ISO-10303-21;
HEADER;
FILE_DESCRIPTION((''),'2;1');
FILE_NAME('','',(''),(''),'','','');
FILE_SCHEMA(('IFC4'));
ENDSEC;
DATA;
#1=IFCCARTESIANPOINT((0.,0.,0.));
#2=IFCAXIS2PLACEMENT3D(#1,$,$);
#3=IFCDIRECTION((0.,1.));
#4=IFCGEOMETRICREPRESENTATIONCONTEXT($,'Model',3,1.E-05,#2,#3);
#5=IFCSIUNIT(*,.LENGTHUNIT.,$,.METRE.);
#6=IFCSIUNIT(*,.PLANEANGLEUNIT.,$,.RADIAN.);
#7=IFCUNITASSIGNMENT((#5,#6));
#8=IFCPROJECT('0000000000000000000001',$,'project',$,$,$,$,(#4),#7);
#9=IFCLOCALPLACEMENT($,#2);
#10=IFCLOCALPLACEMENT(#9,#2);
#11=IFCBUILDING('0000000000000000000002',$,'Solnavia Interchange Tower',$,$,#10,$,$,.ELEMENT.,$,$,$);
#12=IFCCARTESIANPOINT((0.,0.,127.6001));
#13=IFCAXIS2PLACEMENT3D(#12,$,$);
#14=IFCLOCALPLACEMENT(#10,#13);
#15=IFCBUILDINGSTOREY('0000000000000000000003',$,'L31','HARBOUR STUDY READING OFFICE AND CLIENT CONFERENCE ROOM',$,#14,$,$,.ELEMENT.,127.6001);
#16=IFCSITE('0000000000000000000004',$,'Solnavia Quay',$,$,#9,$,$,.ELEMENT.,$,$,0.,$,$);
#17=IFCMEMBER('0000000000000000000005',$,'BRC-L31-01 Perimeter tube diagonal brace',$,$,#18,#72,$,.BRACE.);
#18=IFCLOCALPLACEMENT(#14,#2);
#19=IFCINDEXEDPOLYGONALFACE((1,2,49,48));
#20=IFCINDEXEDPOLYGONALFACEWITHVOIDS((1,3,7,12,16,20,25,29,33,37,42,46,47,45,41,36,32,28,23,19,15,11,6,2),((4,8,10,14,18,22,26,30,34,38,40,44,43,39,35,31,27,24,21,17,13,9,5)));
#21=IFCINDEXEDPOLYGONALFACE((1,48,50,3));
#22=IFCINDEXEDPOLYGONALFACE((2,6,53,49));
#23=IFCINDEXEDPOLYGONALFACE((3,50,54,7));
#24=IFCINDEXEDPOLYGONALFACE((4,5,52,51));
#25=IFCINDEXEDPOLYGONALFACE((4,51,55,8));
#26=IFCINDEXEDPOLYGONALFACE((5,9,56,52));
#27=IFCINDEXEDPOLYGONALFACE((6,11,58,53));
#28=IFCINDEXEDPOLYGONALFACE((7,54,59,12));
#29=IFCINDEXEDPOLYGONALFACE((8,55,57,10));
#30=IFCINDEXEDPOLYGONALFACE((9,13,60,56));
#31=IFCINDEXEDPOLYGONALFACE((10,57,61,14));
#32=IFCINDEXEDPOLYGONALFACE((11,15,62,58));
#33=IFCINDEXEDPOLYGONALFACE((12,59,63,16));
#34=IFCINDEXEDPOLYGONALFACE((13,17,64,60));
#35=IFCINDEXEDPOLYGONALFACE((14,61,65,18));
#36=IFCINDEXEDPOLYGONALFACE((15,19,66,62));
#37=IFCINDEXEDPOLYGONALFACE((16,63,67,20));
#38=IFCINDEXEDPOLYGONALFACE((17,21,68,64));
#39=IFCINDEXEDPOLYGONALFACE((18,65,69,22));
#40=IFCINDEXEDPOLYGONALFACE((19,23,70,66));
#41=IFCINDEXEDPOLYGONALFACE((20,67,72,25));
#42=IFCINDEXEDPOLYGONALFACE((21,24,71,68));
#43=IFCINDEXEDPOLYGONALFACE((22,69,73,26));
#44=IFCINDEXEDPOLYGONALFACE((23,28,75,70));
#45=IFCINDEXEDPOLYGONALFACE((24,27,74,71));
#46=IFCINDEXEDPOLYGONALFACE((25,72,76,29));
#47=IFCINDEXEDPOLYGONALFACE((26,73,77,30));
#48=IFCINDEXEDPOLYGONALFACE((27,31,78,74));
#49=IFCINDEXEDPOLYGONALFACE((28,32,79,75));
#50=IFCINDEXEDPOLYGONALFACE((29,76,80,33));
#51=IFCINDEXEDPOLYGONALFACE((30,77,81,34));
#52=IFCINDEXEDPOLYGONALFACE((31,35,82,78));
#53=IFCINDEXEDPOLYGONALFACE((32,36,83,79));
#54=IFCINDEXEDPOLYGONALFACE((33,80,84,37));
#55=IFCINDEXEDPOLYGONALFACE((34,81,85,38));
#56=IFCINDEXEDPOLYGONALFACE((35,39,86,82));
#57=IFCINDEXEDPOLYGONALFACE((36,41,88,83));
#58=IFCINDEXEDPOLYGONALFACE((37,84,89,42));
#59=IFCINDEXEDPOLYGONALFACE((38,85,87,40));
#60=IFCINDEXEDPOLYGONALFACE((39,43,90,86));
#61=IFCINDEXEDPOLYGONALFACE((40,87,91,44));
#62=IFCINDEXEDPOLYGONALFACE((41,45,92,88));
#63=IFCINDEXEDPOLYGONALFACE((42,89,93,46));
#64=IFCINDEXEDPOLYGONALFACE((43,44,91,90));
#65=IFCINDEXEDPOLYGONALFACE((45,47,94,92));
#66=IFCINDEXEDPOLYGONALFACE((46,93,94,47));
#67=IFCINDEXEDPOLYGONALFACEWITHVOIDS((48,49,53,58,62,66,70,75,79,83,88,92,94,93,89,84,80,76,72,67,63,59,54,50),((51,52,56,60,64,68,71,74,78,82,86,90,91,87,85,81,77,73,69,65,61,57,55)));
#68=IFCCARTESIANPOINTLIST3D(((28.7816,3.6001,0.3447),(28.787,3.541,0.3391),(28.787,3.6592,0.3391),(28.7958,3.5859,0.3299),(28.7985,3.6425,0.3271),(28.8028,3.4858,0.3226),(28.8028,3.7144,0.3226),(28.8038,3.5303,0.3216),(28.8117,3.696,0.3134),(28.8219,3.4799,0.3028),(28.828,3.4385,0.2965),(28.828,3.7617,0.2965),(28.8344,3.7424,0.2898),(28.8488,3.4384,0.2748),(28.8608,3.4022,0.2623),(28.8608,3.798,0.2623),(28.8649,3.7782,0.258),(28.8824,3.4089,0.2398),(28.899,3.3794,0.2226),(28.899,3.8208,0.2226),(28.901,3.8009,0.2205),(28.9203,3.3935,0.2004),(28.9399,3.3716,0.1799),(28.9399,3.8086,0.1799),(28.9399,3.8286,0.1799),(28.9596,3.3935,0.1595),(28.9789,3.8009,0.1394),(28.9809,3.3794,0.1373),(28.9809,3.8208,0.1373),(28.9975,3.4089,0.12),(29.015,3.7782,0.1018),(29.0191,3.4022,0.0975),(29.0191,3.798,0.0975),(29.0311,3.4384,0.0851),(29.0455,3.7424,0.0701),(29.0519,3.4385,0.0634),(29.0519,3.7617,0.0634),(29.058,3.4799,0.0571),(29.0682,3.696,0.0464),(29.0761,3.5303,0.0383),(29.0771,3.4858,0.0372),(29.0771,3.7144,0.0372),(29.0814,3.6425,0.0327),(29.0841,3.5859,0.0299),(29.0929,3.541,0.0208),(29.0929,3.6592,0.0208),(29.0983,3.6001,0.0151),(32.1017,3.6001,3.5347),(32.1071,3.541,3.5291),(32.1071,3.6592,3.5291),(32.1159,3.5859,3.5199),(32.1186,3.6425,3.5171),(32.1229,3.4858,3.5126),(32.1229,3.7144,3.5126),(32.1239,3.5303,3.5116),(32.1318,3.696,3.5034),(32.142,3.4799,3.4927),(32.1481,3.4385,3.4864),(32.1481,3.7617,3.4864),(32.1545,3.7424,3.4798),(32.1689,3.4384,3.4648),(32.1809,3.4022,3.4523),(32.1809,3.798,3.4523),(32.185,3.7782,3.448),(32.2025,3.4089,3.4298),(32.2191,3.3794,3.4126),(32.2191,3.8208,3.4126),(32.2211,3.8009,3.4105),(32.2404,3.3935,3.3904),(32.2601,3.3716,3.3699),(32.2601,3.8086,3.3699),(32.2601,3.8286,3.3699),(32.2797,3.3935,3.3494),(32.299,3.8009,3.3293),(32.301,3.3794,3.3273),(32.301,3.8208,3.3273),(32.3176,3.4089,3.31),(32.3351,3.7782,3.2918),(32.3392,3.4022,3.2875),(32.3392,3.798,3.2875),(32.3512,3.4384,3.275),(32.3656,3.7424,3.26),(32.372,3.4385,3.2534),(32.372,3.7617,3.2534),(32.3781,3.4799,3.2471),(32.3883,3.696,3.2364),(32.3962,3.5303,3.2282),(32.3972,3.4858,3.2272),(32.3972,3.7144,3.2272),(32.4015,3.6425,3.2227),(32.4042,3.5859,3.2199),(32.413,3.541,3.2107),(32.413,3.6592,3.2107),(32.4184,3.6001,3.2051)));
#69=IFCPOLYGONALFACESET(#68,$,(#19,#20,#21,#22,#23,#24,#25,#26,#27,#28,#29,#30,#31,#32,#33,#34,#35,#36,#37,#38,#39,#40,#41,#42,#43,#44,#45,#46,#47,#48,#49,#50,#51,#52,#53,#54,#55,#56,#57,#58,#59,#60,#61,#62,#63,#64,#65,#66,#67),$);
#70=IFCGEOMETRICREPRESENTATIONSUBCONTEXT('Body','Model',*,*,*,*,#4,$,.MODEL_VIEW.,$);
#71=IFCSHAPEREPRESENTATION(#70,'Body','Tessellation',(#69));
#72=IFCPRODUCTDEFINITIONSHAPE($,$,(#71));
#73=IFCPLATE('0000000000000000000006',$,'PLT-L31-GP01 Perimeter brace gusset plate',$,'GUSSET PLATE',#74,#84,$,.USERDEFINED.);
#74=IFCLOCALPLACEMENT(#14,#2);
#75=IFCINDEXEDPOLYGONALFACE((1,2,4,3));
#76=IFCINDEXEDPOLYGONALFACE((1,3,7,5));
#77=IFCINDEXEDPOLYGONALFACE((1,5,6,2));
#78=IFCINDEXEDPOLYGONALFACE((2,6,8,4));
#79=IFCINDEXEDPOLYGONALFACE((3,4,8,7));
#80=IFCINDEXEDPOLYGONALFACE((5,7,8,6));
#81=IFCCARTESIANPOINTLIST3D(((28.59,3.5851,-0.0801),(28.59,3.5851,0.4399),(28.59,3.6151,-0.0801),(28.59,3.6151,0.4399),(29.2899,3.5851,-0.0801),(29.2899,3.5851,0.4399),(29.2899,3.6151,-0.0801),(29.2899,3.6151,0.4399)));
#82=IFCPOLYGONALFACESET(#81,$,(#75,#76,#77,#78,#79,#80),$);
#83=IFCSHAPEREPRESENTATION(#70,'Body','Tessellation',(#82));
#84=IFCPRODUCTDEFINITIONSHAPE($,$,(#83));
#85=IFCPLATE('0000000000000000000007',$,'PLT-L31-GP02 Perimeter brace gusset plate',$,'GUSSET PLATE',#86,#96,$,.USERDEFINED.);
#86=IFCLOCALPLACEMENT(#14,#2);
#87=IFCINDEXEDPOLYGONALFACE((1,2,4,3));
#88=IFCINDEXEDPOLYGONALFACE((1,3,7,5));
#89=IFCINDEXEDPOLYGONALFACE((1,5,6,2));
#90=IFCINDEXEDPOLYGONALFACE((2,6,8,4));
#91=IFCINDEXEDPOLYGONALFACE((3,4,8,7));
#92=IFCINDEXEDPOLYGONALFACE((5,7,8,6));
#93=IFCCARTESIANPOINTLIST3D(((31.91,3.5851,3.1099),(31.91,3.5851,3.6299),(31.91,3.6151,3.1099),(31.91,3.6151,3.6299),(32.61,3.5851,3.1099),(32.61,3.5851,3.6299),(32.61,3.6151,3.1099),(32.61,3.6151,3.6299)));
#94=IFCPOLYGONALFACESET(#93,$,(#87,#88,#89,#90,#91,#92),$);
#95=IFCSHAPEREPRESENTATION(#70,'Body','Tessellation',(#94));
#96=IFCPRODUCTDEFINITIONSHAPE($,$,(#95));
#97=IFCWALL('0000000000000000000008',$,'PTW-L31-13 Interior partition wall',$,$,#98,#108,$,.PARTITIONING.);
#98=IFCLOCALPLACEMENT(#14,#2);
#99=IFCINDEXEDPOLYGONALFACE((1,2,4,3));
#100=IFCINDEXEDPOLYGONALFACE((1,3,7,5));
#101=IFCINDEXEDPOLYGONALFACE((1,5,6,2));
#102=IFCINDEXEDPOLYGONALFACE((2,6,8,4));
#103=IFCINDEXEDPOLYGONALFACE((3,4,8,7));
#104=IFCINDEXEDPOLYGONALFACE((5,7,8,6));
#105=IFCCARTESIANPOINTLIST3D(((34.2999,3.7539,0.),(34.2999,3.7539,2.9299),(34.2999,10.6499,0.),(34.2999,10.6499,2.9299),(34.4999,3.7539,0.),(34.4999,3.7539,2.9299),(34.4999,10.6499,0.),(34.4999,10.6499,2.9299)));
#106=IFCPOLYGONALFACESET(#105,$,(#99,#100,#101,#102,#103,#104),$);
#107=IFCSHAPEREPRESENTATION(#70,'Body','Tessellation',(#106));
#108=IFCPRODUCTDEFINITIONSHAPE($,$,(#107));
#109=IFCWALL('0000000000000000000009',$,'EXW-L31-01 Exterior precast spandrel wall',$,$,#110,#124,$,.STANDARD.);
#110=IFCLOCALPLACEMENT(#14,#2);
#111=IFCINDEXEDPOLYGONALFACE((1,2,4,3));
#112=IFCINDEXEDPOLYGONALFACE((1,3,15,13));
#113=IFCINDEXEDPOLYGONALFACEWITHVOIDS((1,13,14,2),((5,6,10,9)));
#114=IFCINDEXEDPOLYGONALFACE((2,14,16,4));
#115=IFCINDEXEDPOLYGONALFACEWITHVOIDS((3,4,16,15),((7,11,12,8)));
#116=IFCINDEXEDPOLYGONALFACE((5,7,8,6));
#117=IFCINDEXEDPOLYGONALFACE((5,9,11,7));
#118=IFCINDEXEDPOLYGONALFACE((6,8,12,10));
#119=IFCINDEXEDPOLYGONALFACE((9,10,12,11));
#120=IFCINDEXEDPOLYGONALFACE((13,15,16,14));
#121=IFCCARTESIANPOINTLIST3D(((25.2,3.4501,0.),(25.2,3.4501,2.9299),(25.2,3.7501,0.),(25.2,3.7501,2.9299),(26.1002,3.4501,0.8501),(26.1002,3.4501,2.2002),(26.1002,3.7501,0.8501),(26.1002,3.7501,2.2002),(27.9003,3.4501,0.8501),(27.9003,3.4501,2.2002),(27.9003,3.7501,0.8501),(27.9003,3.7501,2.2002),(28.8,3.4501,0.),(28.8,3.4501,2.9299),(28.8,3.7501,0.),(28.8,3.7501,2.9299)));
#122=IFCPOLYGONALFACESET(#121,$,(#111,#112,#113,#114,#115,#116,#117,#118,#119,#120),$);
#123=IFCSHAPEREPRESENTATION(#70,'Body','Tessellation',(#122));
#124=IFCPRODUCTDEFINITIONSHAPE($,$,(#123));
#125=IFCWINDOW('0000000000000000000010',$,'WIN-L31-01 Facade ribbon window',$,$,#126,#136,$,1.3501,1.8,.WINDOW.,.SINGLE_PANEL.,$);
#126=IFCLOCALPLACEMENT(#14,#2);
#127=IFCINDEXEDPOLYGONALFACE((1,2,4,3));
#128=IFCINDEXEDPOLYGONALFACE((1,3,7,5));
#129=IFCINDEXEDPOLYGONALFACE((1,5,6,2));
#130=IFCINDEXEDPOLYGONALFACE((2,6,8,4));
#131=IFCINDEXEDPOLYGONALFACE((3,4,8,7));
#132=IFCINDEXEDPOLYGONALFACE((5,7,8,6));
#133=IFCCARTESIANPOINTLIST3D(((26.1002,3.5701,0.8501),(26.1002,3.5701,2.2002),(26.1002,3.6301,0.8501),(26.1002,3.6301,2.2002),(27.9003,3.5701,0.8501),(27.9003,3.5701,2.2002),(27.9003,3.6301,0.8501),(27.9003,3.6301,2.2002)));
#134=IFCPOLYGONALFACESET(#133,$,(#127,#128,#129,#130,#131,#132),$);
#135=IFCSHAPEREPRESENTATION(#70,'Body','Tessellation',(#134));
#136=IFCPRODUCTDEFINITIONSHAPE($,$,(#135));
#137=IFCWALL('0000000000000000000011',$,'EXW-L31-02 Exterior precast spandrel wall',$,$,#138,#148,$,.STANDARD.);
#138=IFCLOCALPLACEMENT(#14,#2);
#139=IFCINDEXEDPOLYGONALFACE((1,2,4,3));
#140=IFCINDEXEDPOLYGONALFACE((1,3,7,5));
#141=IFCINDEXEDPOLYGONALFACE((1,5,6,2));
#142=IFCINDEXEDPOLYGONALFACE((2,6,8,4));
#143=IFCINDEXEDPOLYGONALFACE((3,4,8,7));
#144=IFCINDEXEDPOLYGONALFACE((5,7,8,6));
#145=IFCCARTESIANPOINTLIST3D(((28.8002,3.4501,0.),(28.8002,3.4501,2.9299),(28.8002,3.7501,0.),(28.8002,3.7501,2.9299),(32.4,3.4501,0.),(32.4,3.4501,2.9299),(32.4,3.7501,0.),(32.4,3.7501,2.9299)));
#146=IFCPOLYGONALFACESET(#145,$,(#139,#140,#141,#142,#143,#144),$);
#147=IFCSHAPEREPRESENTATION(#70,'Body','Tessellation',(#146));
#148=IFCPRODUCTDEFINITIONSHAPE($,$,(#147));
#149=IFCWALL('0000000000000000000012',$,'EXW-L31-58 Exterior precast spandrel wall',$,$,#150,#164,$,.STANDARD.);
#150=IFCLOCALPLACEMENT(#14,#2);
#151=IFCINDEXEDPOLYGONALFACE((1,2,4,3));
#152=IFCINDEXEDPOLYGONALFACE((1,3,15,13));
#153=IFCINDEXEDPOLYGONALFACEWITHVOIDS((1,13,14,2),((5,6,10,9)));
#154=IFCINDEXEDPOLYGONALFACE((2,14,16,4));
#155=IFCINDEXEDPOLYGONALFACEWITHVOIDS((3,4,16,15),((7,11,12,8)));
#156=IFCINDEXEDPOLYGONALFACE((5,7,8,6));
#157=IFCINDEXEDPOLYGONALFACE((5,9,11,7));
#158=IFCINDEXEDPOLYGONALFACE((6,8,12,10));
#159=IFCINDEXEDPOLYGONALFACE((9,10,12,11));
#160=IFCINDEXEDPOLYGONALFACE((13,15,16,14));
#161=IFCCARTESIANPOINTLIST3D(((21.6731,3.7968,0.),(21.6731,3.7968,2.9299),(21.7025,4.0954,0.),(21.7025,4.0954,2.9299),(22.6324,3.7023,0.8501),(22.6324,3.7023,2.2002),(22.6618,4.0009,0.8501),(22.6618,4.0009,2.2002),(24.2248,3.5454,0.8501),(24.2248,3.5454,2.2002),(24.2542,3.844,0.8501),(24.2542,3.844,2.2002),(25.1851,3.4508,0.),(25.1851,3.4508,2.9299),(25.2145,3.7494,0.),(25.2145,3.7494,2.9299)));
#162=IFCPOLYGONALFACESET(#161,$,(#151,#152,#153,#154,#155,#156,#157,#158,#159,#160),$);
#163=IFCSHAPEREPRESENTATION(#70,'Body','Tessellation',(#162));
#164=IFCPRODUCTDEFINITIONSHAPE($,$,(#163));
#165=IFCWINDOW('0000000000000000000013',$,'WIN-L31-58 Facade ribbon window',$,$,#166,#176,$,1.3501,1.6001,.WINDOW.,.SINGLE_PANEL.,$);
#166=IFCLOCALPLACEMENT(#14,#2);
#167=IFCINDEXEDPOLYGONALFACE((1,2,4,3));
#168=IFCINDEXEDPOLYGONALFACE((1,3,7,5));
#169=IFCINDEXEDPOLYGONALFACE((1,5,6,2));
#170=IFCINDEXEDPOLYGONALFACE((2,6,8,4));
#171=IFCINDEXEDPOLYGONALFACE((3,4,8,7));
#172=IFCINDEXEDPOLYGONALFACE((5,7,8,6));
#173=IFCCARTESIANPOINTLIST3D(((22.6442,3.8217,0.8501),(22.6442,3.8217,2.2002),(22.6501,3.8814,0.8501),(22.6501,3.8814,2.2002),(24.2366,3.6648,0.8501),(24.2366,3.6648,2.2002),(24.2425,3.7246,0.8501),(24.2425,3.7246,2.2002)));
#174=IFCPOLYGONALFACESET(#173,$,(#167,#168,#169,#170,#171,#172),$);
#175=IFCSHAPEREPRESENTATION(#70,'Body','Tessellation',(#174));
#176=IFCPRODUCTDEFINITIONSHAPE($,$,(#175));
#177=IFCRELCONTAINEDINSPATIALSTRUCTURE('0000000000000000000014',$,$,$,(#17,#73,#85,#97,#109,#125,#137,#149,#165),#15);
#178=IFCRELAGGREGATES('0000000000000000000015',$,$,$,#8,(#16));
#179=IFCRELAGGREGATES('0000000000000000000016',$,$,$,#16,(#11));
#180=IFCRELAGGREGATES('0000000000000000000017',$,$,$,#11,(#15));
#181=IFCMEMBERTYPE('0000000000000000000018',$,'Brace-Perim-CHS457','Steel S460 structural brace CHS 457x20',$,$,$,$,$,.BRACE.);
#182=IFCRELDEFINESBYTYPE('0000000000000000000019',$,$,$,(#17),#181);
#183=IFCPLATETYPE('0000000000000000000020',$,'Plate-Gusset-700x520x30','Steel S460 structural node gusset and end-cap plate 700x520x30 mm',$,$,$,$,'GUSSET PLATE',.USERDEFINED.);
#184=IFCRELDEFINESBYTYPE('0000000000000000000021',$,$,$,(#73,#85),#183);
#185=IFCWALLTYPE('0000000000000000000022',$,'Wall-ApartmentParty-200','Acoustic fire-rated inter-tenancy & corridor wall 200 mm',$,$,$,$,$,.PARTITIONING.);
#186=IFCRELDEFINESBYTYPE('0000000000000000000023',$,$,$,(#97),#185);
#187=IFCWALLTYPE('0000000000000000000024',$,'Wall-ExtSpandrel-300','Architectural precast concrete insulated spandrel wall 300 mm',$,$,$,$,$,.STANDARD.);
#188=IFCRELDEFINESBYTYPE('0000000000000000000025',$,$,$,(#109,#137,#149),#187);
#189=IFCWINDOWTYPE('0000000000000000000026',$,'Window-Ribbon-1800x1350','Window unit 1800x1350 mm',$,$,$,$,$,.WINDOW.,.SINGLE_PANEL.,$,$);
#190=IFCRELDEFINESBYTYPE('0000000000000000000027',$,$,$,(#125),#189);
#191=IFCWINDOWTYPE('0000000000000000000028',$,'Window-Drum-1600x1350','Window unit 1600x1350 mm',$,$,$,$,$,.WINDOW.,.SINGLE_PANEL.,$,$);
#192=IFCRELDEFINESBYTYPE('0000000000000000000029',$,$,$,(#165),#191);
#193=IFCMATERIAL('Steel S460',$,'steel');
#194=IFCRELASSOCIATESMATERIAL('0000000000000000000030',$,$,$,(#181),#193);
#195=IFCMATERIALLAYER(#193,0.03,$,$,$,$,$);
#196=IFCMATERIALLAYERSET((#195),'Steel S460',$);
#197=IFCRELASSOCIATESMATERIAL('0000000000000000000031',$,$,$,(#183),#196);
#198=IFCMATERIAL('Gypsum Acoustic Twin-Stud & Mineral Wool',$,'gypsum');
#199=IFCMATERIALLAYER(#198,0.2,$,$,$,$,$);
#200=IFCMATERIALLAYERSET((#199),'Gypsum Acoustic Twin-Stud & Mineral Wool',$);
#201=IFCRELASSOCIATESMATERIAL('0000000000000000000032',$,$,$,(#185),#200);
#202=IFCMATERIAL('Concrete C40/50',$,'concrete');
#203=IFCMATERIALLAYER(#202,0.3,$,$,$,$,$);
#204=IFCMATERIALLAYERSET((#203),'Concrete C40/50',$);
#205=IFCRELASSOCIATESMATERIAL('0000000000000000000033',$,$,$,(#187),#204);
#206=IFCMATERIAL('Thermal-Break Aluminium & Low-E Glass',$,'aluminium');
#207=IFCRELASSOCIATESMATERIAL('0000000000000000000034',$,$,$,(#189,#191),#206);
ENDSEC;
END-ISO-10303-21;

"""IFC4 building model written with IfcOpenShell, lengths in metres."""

from ifc_helpers import new_model, si_unit, direction, frame, frame_2d, origin, origin_2d, place, context, subcontext, project, spatial, rectangle, hollow_circle, extrude, material, layer, layer_set, material_profile, profile_set, type_object, element, fill, save


model = new_model("IFC4")

# Units and contexts
model_context = context("Model", 3, precision=1e-05, world=origin(), true_north=direction((0.0, 1.0)))
body_context = subcontext(model_context, "Body", "Model", "MODEL_VIEW")
ifc_project = project(units=[si_unit("LENGTHUNIT", "METRE"), si_unit("PLANEANGLEUNIT", "RADIAN")], contexts=[model_context])

# Site, building, storey
site_placement = place(None, origin())
site = spatial("IfcSite", under=ifc_project, at=site_placement, Name="Solnavia Quay", CompositionType="ELEMENT", RefElevation=0.0)
building_placement = place(site_placement, origin())
building = spatial("IfcBuilding", under=site, at=building_placement, Name="Solnavia Interchange Tower", CompositionType="ELEMENT")
storey_placement = place(building_placement, frame((0.0, 0.0, 127.6001)))
storey = spatial("IfcBuildingStorey", under=building, at=storey_placement, Name="L31", Description="HARBOUR STUDY READING OFFICE AND CLIENT CONFERENCE ROOM", CompositionType="ELEMENT", Elevation=127.6001)

# Member
ifc_material_1 = material(Name="Steel S460", Category="steel")
ifc_material_profile_1 = material_profile(ifc_material_1, hollow_circle(Radius=0.2285, WallThickness=0.02, at=origin_2d()), Name="CHS 457x20")
ifc_profile_set_1 = profile_set([ifc_material_profile_1], Name="Steel S460")
member_type = type_object("IfcMemberType", Name="Brace-Perim-CHS457", Description="Steel S460 structural brace CHS 457x20", PredefinedType="BRACE", material=ifc_profile_set_1)
member_placement = place(storey_placement, frame((28.9399, 3.6001, 0.1799), z_axis=(0.721097, 0.0, 0.692834), x_axis=(0.0, 1.0, 0.0)))
element("IfcMember", 1, at=member_placement, inside=storey, type_object=member_type, Name="BRC-L31-01 Perimeter tube diagonal brace", PredefinedType="BRACE", context=body_context, shape_type="SweptSolid", body=[
    extrude(hollow_circle(Radius=0.2285, WallThickness=0.02, at=origin_2d()), origin(), (0.0, 0.0, 1.0), 4.6042),
])

# Plates
ifc_layer_1 = layer(ifc_material_1, 0.03)
ifc_layer_set_1 = layer_set([ifc_layer_1], Name="Steel S460")
plate_type = type_object("IfcPlateType", Name="Plate-Gusset-700x520x30", Description="Steel S460 structural node gusset and end-cap plate 700x520x30 mm", ElementType="GUSSET PLATE", PredefinedType="USERDEFINED", material=ifc_layer_set_1)
for number, where, z_axis, x_axis, name in (
    (2, (28.9399, 3.6001, -0.0801), (0.0, 0.0, 1.0), (1.0, 0.0, 0.0), "PLT-L31-GP01 Perimeter brace gusset plate"),
    (3, (32.26, 3.6001, 3.1099), (0.0, 0.0, 1.0), (1.0, 0.0, 0.0), "PLT-L31-GP02 Perimeter brace gusset plate"),
):
    element("IfcPlate", number, at=place(storey_placement, frame(where, z_axis=z_axis, x_axis=x_axis)), inside=storey, type_object=plate_type, Name=name, ObjectType="GUSSET PLATE", PredefinedType="USERDEFINED", context=body_context, shape_type="SweptSolid", body=[
        extrude(rectangle(XDim=0.7, YDim=0.03, at=origin_2d()), origin(), (0.0, 0.0, 1.0), 0.52),
    ])

# Wall
ifc_material_2 = material(Name="Gypsum Acoustic Twin-Stud & Mineral Wool", Category="gypsum")
ifc_layer_2 = layer(ifc_material_2, 0.2)
ifc_layer_set_2 = layer_set([ifc_layer_2], Name="Gypsum Acoustic Twin-Stud & Mineral Wool")
wall_type_1 = type_object("IfcWallType", Name="Wall-ApartmentParty-200", Description="Acoustic fire-rated inter-tenancy & corridor wall 200 mm", PredefinedType="PARTITIONING", material=ifc_layer_set_2)
wall_1_placement = place(storey_placement, frame((34.3999, 3.7539, 0.0), z_axis=(0.0, 0.0, 1.0), x_axis=(0.0, 1.0, 0.0)))
element("IfcWall", 4, at=wall_1_placement, inside=storey, type_object=wall_type_1, Name="PTW-L31-13 Interior partition wall", PredefinedType="PARTITIONING", context=body_context, shape_type="SweptSolid", body=[
    extrude(rectangle(XDim=6.896, YDim=0.2, at=frame_2d((3.448, 0.0))), origin(), (0.0, 0.0, 1.0), 2.9299),
])

# Wall, opening, window
ifc_material_3 = material(Name="Concrete C40/50", Category="concrete")
ifc_layer_3 = layer(ifc_material_3, 0.3)
ifc_layer_set_3 = layer_set([ifc_layer_3], Name="Concrete C40/50")
wall_type_2 = type_object("IfcWallType", Name="Wall-ExtSpandrel-300", Description="Architectural precast concrete insulated spandrel wall 300 mm", PredefinedType="STANDARD", material=ifc_layer_set_3)
wall_2_placement = place(storey_placement, frame((28.8, 3.6001, 0.0), z_axis=(0.0, 0.0, 1.0), x_axis=(-1.0, 0.0, 0.0)))
wall_2 = element("IfcWall", 5, at=wall_2_placement, inside=storey, type_object=wall_type_2, Name="EXW-L31-01 Exterior precast spandrel wall", PredefinedType="STANDARD", context=body_context, shape_type="SweptSolid", body=[
    extrude(rectangle(XDim=3.6001, YDim=0.3, at=frame_2d((1.8, 0.0))), origin(), (0.0, 0.0, 1.0), 2.9299),
])
opening_1_placement = place(wall_2_placement, frame((0.8999, 0.0, 0.8501)))
opening_1 = element("IfcOpeningElement", 6, at=opening_1_placement, cuts=wall_2, PredefinedType="OPENING", context=body_context, shape_type="SweptSolid", body=[
    extrude(rectangle(XDim=1.8, YDim=1.3501, at=frame_2d((0.8999, 0.675))), frame((0.0, 0.1602, 0.0), z_axis=(0.0, -1.0, 0.0), x_axis=(1.0, 0.0, 0.0)), (0.0, 0.0, 1.0), 0.3201),
])
ifc_material_4 = material(Name="Thermal-Break Aluminium & Low-E Glass", Category="aluminium")
window_type_1 = type_object("IfcWindowType", Name="Window-Ribbon-1800x1350", Description="Window unit 1800x1350 mm", PartitioningType="SINGLE_PANEL", PredefinedType="WINDOW", material=ifc_material_4)
window_1_placement = place(opening_1_placement, origin())
window_1 = element("IfcWindow", 7, at=window_1_placement, inside=storey, type_object=window_type_1, Name="WIN-L31-01 Facade ribbon window", OverallHeight=1.3501, OverallWidth=1.8, PartitioningType="SINGLE_PANEL", PredefinedType="WINDOW", context=body_context, shape_type="SweptSolid", body=[
    extrude(rectangle(XDim=1.8, YDim=1.3501, at=frame_2d((0.8999, 0.675))), frame((0.0, 0.03, 0.0), z_axis=(0.0, -1.0, 0.0), x_axis=(1.0, 0.0, 0.0)), (0.0, 0.0, 1.0), 0.0601),
])
fill(opening_1, window_1)

# Wall
wall_3_placement = place(storey_placement, frame((32.3999, 3.6001, 0.0), z_axis=(0.0, 0.0, 1.0), x_axis=(-1.0, 0.0, 0.0)))
element("IfcWall", 8, at=wall_3_placement, inside=storey, type_object=wall_type_2, Name="EXW-L31-02 Exterior precast spandrel wall", PredefinedType="STANDARD", context=body_context, shape_type="SweptSolid", body=[
    extrude(rectangle(XDim=3.5999, YDim=0.3, at=frame_2d((1.7998, 0.0))), origin(), (0.0, 0.0, 1.0), 2.9299),
])

# Wall, opening, window
wall_4_placement = place(storey_placement, frame((25.2, 3.6001, 0.0), z_axis=(0.0, 0.0, 1.0), x_axis=(-0.995183, 0.098031, 0.0)))
wall_4 = element("IfcWall", 9, at=wall_4_placement, inside=storey, type_object=wall_type_2, Name="EXW-L31-58 Exterior precast spandrel wall", PredefinedType="STANDARD", context=body_context, shape_type="SweptSolid", body=[
    extrude(rectangle(XDim=3.5291, YDim=0.3, at=frame_2d((1.7646, 0.0))), origin(), (0.0, 0.0, 1.0), 2.9299),
])
opening_2_placement = place(wall_4_placement, frame((0.9651, 0.0, 0.8501)))
opening_2 = element("IfcOpeningElement", 10, at=opening_2_placement, cuts=wall_4, PredefinedType="OPENING", context=body_context, shape_type="SweptSolid", body=[
    extrude(rectangle(XDim=1.6001, YDim=1.3501, at=frame_2d((0.8, 0.675))), frame((0.0, 0.1602, 0.0), z_axis=(0.0, -1.0, 0.0), x_axis=(1.0, 0.0, 0.0)), (0.0, 0.0, 1.0), 0.3201),
])
window_type_2 = type_object("IfcWindowType", Name="Window-Drum-1600x1350", Description="Window unit 1600x1350 mm", PartitioningType="SINGLE_PANEL", PredefinedType="WINDOW", material=ifc_material_4)
window_2_placement = place(opening_2_placement, origin())
window_2 = element("IfcWindow", 11, at=window_2_placement, inside=storey, type_object=window_type_2, Name="WIN-L31-58 Facade ribbon window", OverallHeight=1.3501, OverallWidth=1.6001, PartitioningType="SINGLE_PANEL", PredefinedType="WINDOW", context=body_context, shape_type="SweptSolid", body=[
    extrude(rectangle(XDim=1.6001, YDim=1.3501, at=frame_2d((0.8, 0.675))), frame((0.0, 0.03, 0.0), z_axis=(0.0, -1.0, 0.0), x_axis=(1.0, 0.0, 0.0)), (0.0, 0.0, 1.0), 0.0601),
])
fill(opening_2, window_2)

save(model, "model.ifc")
